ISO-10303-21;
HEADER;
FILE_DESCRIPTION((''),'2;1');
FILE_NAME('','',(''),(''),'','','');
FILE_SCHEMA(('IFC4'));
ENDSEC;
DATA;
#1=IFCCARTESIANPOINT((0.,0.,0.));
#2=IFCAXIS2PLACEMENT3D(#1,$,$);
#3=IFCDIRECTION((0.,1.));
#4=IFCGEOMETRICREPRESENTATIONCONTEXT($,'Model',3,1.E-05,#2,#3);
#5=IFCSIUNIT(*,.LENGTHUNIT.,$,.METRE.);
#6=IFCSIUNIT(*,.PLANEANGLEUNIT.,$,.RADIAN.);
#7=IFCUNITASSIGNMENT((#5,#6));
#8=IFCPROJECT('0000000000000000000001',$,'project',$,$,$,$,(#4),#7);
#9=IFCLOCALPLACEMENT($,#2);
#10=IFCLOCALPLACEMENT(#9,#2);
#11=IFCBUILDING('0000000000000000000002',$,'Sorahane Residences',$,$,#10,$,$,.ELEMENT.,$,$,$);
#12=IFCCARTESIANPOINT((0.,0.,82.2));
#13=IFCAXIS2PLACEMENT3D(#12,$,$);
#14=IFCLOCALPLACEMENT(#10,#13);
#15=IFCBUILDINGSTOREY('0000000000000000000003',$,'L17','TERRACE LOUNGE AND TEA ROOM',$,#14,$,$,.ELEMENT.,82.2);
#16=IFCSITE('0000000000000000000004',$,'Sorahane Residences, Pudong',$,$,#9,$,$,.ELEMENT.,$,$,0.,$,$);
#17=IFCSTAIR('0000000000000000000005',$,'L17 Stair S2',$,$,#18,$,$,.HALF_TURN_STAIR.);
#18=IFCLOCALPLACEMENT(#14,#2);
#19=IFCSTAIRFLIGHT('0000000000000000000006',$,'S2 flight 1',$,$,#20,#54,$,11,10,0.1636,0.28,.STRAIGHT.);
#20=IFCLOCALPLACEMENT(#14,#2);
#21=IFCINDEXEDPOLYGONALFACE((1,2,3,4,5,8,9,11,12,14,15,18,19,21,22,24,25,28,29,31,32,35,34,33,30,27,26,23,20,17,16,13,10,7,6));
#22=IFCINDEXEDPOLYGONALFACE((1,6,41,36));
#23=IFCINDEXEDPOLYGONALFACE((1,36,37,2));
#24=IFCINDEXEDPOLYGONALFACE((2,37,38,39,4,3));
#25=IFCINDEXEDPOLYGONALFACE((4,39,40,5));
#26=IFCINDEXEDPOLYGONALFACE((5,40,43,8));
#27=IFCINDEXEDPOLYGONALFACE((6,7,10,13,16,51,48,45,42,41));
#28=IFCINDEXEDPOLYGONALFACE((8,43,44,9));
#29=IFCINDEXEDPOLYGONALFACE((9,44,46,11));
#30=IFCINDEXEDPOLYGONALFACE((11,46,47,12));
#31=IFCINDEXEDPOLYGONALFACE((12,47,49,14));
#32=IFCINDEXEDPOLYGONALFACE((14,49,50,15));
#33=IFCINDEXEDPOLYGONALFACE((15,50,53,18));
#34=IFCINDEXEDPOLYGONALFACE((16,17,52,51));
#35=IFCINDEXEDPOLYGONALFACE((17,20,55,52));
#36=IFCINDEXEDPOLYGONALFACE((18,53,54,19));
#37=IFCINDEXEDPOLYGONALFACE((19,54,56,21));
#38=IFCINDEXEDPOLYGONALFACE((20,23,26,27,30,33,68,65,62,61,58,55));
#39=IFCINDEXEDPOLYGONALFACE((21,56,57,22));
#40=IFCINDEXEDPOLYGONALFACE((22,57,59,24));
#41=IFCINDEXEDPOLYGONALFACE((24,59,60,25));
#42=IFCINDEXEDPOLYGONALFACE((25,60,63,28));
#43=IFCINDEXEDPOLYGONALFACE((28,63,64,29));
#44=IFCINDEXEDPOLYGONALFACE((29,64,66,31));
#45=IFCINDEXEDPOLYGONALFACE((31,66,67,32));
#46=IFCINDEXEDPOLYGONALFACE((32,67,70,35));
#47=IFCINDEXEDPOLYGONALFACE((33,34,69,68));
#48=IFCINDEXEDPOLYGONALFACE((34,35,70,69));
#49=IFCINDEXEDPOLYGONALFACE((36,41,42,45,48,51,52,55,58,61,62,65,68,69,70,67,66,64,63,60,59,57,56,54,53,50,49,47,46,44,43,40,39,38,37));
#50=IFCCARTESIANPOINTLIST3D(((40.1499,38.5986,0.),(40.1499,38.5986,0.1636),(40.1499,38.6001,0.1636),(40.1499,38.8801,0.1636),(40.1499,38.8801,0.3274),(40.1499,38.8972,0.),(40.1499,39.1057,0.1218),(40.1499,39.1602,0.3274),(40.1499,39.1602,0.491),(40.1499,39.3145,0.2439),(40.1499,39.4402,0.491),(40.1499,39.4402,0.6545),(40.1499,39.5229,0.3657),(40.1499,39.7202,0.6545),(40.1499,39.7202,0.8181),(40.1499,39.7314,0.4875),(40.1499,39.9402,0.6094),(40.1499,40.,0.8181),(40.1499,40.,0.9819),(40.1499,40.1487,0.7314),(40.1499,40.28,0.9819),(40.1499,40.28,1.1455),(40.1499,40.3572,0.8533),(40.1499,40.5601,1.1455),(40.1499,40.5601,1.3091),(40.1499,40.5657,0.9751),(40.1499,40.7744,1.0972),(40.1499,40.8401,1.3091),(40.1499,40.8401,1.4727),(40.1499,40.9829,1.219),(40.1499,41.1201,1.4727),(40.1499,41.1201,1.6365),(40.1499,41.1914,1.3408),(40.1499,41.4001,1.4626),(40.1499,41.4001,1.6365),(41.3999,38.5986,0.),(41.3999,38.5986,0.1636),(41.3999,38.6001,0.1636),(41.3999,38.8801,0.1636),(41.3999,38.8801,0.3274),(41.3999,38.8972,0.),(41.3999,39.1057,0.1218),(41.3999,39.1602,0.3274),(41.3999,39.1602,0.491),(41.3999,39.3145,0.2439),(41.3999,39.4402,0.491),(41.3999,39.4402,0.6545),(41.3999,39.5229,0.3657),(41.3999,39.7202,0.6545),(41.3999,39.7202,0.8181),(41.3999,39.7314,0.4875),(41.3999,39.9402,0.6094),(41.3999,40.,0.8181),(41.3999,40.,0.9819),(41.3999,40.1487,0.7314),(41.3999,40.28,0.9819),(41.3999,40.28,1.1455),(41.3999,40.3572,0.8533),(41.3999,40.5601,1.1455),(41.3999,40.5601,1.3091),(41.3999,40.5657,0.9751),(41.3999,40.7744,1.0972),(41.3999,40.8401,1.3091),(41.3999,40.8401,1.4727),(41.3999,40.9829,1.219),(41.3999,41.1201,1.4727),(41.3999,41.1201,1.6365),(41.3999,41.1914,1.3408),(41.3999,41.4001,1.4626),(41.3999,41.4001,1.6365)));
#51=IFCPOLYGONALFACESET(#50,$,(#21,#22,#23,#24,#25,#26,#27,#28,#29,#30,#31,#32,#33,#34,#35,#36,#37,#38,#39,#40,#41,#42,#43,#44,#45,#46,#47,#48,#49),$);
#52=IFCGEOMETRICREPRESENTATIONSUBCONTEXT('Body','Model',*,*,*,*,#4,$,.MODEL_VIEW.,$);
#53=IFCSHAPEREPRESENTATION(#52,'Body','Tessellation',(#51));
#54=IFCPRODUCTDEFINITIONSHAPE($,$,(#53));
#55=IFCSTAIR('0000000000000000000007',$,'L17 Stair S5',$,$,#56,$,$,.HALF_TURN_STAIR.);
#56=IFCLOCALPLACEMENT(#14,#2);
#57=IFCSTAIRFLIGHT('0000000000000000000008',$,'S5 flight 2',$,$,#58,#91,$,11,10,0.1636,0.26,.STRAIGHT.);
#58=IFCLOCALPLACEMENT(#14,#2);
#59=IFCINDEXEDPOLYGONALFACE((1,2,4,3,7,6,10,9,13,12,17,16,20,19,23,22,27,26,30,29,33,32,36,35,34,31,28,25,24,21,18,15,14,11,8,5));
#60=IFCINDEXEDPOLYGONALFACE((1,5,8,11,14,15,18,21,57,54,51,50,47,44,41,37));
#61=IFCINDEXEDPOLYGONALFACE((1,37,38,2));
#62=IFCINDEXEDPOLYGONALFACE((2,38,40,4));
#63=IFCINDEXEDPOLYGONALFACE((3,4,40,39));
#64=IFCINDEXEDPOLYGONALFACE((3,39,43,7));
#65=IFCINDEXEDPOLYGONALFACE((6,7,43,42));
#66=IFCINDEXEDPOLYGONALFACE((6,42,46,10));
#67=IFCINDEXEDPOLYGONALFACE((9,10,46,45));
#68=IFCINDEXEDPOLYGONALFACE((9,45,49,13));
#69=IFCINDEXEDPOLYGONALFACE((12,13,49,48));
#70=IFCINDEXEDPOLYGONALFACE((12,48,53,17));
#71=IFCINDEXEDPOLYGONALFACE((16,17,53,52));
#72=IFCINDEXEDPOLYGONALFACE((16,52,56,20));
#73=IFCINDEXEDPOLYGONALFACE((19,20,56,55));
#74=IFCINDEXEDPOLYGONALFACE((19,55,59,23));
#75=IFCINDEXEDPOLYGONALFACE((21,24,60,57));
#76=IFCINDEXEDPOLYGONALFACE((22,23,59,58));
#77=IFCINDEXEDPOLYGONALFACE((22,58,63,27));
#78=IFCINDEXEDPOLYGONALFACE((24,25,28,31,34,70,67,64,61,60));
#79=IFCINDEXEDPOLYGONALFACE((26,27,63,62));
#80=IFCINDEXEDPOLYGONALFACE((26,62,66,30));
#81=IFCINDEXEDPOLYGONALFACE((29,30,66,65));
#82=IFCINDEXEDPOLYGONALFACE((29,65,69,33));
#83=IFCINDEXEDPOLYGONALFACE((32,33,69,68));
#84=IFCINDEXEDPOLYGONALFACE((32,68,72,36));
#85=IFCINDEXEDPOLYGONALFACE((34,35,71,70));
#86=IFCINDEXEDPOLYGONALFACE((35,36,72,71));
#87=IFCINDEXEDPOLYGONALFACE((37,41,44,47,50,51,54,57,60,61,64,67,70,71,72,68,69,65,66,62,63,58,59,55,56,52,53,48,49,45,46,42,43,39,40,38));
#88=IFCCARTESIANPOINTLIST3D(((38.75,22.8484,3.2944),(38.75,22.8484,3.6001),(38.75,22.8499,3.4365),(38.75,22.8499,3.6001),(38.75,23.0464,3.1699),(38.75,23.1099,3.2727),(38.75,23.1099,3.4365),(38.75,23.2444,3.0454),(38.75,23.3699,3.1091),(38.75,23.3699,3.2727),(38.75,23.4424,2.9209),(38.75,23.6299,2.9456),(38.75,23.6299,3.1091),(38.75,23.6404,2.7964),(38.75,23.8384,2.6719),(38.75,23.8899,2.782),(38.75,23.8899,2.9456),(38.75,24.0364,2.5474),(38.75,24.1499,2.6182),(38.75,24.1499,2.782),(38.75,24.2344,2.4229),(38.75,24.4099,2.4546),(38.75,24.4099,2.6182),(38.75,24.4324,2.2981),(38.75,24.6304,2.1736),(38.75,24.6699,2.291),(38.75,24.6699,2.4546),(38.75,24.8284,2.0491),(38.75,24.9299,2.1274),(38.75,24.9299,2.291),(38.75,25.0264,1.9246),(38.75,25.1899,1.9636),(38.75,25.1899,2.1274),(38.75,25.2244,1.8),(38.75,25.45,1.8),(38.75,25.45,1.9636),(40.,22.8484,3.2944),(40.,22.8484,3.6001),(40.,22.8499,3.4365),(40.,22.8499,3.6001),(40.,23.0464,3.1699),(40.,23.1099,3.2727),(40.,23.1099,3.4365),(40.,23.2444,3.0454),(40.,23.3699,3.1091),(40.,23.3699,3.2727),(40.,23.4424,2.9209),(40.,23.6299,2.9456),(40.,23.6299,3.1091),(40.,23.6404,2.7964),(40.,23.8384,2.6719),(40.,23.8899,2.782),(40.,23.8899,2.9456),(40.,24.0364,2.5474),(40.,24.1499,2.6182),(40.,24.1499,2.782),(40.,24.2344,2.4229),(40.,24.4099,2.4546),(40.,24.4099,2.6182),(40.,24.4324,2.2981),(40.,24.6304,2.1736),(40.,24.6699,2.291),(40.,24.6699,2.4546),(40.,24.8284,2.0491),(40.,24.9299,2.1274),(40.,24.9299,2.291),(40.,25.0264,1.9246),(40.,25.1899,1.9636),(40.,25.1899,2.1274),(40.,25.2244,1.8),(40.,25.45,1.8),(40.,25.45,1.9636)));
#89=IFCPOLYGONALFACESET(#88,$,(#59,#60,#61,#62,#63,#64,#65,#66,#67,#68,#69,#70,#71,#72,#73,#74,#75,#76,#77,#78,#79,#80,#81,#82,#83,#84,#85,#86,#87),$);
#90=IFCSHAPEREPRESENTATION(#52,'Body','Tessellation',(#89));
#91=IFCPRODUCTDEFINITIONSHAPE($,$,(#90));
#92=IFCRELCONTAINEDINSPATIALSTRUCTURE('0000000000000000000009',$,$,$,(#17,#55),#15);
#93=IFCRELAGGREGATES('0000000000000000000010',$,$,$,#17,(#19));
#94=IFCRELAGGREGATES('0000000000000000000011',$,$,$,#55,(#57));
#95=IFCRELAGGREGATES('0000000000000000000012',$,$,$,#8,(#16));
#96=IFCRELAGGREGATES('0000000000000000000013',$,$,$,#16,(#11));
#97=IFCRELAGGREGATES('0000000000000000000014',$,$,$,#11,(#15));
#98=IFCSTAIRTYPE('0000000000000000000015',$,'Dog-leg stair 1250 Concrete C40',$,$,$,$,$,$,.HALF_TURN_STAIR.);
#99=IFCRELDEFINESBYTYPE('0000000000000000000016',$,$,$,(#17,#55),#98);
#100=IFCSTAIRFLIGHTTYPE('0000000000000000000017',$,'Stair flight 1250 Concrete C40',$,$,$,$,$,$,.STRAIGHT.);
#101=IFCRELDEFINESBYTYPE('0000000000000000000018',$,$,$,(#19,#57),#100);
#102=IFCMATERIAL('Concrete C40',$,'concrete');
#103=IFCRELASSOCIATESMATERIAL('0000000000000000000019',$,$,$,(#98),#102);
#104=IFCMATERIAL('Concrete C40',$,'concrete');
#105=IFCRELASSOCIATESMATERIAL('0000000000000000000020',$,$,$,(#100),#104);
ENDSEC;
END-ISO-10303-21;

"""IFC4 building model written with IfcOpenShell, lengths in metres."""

from ifc_helpers import new_model, si_unit, direction, frame, origin, place, context, subcontext, project, spatial, polyline, outline, extrude, material, type_object, element, aggregate, save


model = new_model("IFC4")

# Units and contexts
model_context = context("Model", 3, precision=1e-05, world=origin(), true_north=direction((0.0, 1.0)))
body_context = subcontext(model_context, "Body", "Model", "MODEL_VIEW")
ifc_project = project(units=[si_unit("LENGTHUNIT", "METRE"), si_unit("PLANEANGLEUNIT", "RADIAN")], contexts=[model_context])

# Site, building, storey
site_placement = place(None, origin())
site = spatial("IfcSite", under=ifc_project, at=site_placement, Name="Sorahane Residences, Pudong", CompositionType="ELEMENT", RefElevation=0.0)
building_placement = place(site_placement, origin())
building = spatial("IfcBuilding", under=site, at=building_placement, Name="Sorahane Residences", CompositionType="ELEMENT")
storey_placement = place(building_placement, frame((0.0, 0.0, 82.2)))
storey = spatial("IfcBuildingStorey", under=building, at=storey_placement, Name="L17", Description="TERRACE LOUNGE AND TEA ROOM", CompositionType="ELEMENT", Elevation=82.2)

# Stairs, stair flights
ifc_material_1 = material(Name="Concrete C40", Category="concrete")
stair_type = type_object("IfcStairType", Name="Dog-leg stair 1250 Concrete C40", PredefinedType="HALF_TURN_STAIR", material=ifc_material_1)
stair_1_placement = place(storey_placement, origin())
stair_1 = element("IfcStair", 1, at=stair_1_placement, inside=storey, type_object=stair_type, Name="L17 Stair S2", PredefinedType="HALF_TURN_STAIR")
ifc_material_2 = material(Name="Concrete C40", Category="concrete")
stair_flight_type = type_object("IfcStairFlightType", Name="Stair flight 1250 Concrete C40", PredefinedType="STRAIGHT", material=ifc_material_2)
stair_flight_1_placement = place(storey_placement, frame((40.7749, 38.6001, 0.0), z_axis=(0.0, 0.0, 1.0), x_axis=(0.0, 1.0, 0.0)))
stair_flight_1 = element("IfcStairFlight", 2, at=stair_flight_1_placement, type_object=stair_flight_type, Name="S2 flight 1", NumberOfRisers=11, NumberOfTreads=10, PredefinedType="STRAIGHT", RiserHeight=0.1636, TreadLength=0.28, context=body_context, shape_type="SweptSolid", body=[
    extrude(outline(polyline([(-0.0015, 0.0), (-0.0015, 0.1636), (0.0, 0.1636), (0.28, 0.1636), (0.28, 0.3274), (0.5601, 0.3274), (0.5601, 0.491), (0.8401, 0.491), (0.8401, 0.6545), (1.1201, 0.6545), (1.1201, 0.8181), (1.3999, 0.8181), (1.3999, 0.9819), (1.6799, 0.9819), (1.6799, 1.1455), (1.96, 1.1455), (1.96, 1.3091), (2.24, 1.3091), (2.24, 1.4727), (2.52, 1.4727), (2.52, 1.6365), (2.8, 1.6365), (2.8, 1.8), (2.8, 1.4626), (2.5913, 1.3408), (2.3828, 1.219), (2.1743, 1.0972), (1.9656, 0.9751), (1.7571, 0.8533), (1.5486, 0.7314), (1.3401, 0.6094), (1.1313, 0.4875), (0.9229, 0.3657), (0.7144, 0.2439), (0.5056, 0.1218), (0.2971, 0.0), (-0.0015, 0.0)])), frame((0.0, 0.625, 0.0), z_axis=(0.0, -1.0, 0.0), x_axis=(1.0, 0.0, 0.0)), (0.0, 0.0, 1.0), 1.25),
])
aggregate(stair_1, [stair_flight_1])
stair_2_placement = place(storey_placement, origin())
stair_2 = element("IfcStair", 3, at=stair_2_placement, inside=storey, type_object=stair_type, Name="L17 Stair S5", PredefinedType="HALF_TURN_STAIR")
stair_flight_2_placement = place(storey_placement, frame((39.375, 25.45, 1.8), z_axis=(0.0, 0.0, 1.0), x_axis=(0.0, -1.0, 0.0)))
stair_flight_2 = element("IfcStairFlight", 4, at=stair_flight_2_placement, type_object=stair_flight_type, Name="S5 flight 2", NumberOfRisers=11, NumberOfTreads=10, PredefinedType="STRAIGHT", RiserHeight=0.1636, TreadLength=0.26, context=body_context, shape_type="SweptSolid", body=[
    extrude(outline(polyline([(0.0, 0.0), (0.0, 0.1636), (0.26, 0.1636), (0.26, 0.3274), (0.52, 0.3274), (0.52, 0.491), (0.78, 0.491), (0.78, 0.6545), (1.04, 0.6545), (1.04, 0.8181), (1.3, 0.8181), (1.3, 0.9819), (1.5601, 0.9819), (1.5601, 1.1455), (1.8201, 1.1455), (1.8201, 1.3091), (2.0801, 1.3091), (2.0801, 1.4727), (2.3401, 1.4727), (2.3401, 1.6365), (2.6001, 1.6365), (2.6001, 1.8), (2.6016, 1.8), (2.6016, 1.4944), (2.4036, 1.3699), (2.2056, 1.2454), (2.0076, 1.1208), (1.8096, 0.9963), (1.6116, 0.8718), (1.4136, 0.7473), (1.2156, 0.6228), (1.0176, 0.498), (0.8196, 0.3735), (0.6216, 0.249), (0.4236, 0.1245), (0.2256, 0.0), (0.0, 0.0)])), frame((0.0, 0.625, 0.0), z_axis=(0.0, -1.0, 0.0), x_axis=(1.0, 0.0, 0.0)), (0.0, 0.0, 1.0), 1.25),
])
aggregate(stair_2, [stair_flight_2])

save(model, "model.ifc")
